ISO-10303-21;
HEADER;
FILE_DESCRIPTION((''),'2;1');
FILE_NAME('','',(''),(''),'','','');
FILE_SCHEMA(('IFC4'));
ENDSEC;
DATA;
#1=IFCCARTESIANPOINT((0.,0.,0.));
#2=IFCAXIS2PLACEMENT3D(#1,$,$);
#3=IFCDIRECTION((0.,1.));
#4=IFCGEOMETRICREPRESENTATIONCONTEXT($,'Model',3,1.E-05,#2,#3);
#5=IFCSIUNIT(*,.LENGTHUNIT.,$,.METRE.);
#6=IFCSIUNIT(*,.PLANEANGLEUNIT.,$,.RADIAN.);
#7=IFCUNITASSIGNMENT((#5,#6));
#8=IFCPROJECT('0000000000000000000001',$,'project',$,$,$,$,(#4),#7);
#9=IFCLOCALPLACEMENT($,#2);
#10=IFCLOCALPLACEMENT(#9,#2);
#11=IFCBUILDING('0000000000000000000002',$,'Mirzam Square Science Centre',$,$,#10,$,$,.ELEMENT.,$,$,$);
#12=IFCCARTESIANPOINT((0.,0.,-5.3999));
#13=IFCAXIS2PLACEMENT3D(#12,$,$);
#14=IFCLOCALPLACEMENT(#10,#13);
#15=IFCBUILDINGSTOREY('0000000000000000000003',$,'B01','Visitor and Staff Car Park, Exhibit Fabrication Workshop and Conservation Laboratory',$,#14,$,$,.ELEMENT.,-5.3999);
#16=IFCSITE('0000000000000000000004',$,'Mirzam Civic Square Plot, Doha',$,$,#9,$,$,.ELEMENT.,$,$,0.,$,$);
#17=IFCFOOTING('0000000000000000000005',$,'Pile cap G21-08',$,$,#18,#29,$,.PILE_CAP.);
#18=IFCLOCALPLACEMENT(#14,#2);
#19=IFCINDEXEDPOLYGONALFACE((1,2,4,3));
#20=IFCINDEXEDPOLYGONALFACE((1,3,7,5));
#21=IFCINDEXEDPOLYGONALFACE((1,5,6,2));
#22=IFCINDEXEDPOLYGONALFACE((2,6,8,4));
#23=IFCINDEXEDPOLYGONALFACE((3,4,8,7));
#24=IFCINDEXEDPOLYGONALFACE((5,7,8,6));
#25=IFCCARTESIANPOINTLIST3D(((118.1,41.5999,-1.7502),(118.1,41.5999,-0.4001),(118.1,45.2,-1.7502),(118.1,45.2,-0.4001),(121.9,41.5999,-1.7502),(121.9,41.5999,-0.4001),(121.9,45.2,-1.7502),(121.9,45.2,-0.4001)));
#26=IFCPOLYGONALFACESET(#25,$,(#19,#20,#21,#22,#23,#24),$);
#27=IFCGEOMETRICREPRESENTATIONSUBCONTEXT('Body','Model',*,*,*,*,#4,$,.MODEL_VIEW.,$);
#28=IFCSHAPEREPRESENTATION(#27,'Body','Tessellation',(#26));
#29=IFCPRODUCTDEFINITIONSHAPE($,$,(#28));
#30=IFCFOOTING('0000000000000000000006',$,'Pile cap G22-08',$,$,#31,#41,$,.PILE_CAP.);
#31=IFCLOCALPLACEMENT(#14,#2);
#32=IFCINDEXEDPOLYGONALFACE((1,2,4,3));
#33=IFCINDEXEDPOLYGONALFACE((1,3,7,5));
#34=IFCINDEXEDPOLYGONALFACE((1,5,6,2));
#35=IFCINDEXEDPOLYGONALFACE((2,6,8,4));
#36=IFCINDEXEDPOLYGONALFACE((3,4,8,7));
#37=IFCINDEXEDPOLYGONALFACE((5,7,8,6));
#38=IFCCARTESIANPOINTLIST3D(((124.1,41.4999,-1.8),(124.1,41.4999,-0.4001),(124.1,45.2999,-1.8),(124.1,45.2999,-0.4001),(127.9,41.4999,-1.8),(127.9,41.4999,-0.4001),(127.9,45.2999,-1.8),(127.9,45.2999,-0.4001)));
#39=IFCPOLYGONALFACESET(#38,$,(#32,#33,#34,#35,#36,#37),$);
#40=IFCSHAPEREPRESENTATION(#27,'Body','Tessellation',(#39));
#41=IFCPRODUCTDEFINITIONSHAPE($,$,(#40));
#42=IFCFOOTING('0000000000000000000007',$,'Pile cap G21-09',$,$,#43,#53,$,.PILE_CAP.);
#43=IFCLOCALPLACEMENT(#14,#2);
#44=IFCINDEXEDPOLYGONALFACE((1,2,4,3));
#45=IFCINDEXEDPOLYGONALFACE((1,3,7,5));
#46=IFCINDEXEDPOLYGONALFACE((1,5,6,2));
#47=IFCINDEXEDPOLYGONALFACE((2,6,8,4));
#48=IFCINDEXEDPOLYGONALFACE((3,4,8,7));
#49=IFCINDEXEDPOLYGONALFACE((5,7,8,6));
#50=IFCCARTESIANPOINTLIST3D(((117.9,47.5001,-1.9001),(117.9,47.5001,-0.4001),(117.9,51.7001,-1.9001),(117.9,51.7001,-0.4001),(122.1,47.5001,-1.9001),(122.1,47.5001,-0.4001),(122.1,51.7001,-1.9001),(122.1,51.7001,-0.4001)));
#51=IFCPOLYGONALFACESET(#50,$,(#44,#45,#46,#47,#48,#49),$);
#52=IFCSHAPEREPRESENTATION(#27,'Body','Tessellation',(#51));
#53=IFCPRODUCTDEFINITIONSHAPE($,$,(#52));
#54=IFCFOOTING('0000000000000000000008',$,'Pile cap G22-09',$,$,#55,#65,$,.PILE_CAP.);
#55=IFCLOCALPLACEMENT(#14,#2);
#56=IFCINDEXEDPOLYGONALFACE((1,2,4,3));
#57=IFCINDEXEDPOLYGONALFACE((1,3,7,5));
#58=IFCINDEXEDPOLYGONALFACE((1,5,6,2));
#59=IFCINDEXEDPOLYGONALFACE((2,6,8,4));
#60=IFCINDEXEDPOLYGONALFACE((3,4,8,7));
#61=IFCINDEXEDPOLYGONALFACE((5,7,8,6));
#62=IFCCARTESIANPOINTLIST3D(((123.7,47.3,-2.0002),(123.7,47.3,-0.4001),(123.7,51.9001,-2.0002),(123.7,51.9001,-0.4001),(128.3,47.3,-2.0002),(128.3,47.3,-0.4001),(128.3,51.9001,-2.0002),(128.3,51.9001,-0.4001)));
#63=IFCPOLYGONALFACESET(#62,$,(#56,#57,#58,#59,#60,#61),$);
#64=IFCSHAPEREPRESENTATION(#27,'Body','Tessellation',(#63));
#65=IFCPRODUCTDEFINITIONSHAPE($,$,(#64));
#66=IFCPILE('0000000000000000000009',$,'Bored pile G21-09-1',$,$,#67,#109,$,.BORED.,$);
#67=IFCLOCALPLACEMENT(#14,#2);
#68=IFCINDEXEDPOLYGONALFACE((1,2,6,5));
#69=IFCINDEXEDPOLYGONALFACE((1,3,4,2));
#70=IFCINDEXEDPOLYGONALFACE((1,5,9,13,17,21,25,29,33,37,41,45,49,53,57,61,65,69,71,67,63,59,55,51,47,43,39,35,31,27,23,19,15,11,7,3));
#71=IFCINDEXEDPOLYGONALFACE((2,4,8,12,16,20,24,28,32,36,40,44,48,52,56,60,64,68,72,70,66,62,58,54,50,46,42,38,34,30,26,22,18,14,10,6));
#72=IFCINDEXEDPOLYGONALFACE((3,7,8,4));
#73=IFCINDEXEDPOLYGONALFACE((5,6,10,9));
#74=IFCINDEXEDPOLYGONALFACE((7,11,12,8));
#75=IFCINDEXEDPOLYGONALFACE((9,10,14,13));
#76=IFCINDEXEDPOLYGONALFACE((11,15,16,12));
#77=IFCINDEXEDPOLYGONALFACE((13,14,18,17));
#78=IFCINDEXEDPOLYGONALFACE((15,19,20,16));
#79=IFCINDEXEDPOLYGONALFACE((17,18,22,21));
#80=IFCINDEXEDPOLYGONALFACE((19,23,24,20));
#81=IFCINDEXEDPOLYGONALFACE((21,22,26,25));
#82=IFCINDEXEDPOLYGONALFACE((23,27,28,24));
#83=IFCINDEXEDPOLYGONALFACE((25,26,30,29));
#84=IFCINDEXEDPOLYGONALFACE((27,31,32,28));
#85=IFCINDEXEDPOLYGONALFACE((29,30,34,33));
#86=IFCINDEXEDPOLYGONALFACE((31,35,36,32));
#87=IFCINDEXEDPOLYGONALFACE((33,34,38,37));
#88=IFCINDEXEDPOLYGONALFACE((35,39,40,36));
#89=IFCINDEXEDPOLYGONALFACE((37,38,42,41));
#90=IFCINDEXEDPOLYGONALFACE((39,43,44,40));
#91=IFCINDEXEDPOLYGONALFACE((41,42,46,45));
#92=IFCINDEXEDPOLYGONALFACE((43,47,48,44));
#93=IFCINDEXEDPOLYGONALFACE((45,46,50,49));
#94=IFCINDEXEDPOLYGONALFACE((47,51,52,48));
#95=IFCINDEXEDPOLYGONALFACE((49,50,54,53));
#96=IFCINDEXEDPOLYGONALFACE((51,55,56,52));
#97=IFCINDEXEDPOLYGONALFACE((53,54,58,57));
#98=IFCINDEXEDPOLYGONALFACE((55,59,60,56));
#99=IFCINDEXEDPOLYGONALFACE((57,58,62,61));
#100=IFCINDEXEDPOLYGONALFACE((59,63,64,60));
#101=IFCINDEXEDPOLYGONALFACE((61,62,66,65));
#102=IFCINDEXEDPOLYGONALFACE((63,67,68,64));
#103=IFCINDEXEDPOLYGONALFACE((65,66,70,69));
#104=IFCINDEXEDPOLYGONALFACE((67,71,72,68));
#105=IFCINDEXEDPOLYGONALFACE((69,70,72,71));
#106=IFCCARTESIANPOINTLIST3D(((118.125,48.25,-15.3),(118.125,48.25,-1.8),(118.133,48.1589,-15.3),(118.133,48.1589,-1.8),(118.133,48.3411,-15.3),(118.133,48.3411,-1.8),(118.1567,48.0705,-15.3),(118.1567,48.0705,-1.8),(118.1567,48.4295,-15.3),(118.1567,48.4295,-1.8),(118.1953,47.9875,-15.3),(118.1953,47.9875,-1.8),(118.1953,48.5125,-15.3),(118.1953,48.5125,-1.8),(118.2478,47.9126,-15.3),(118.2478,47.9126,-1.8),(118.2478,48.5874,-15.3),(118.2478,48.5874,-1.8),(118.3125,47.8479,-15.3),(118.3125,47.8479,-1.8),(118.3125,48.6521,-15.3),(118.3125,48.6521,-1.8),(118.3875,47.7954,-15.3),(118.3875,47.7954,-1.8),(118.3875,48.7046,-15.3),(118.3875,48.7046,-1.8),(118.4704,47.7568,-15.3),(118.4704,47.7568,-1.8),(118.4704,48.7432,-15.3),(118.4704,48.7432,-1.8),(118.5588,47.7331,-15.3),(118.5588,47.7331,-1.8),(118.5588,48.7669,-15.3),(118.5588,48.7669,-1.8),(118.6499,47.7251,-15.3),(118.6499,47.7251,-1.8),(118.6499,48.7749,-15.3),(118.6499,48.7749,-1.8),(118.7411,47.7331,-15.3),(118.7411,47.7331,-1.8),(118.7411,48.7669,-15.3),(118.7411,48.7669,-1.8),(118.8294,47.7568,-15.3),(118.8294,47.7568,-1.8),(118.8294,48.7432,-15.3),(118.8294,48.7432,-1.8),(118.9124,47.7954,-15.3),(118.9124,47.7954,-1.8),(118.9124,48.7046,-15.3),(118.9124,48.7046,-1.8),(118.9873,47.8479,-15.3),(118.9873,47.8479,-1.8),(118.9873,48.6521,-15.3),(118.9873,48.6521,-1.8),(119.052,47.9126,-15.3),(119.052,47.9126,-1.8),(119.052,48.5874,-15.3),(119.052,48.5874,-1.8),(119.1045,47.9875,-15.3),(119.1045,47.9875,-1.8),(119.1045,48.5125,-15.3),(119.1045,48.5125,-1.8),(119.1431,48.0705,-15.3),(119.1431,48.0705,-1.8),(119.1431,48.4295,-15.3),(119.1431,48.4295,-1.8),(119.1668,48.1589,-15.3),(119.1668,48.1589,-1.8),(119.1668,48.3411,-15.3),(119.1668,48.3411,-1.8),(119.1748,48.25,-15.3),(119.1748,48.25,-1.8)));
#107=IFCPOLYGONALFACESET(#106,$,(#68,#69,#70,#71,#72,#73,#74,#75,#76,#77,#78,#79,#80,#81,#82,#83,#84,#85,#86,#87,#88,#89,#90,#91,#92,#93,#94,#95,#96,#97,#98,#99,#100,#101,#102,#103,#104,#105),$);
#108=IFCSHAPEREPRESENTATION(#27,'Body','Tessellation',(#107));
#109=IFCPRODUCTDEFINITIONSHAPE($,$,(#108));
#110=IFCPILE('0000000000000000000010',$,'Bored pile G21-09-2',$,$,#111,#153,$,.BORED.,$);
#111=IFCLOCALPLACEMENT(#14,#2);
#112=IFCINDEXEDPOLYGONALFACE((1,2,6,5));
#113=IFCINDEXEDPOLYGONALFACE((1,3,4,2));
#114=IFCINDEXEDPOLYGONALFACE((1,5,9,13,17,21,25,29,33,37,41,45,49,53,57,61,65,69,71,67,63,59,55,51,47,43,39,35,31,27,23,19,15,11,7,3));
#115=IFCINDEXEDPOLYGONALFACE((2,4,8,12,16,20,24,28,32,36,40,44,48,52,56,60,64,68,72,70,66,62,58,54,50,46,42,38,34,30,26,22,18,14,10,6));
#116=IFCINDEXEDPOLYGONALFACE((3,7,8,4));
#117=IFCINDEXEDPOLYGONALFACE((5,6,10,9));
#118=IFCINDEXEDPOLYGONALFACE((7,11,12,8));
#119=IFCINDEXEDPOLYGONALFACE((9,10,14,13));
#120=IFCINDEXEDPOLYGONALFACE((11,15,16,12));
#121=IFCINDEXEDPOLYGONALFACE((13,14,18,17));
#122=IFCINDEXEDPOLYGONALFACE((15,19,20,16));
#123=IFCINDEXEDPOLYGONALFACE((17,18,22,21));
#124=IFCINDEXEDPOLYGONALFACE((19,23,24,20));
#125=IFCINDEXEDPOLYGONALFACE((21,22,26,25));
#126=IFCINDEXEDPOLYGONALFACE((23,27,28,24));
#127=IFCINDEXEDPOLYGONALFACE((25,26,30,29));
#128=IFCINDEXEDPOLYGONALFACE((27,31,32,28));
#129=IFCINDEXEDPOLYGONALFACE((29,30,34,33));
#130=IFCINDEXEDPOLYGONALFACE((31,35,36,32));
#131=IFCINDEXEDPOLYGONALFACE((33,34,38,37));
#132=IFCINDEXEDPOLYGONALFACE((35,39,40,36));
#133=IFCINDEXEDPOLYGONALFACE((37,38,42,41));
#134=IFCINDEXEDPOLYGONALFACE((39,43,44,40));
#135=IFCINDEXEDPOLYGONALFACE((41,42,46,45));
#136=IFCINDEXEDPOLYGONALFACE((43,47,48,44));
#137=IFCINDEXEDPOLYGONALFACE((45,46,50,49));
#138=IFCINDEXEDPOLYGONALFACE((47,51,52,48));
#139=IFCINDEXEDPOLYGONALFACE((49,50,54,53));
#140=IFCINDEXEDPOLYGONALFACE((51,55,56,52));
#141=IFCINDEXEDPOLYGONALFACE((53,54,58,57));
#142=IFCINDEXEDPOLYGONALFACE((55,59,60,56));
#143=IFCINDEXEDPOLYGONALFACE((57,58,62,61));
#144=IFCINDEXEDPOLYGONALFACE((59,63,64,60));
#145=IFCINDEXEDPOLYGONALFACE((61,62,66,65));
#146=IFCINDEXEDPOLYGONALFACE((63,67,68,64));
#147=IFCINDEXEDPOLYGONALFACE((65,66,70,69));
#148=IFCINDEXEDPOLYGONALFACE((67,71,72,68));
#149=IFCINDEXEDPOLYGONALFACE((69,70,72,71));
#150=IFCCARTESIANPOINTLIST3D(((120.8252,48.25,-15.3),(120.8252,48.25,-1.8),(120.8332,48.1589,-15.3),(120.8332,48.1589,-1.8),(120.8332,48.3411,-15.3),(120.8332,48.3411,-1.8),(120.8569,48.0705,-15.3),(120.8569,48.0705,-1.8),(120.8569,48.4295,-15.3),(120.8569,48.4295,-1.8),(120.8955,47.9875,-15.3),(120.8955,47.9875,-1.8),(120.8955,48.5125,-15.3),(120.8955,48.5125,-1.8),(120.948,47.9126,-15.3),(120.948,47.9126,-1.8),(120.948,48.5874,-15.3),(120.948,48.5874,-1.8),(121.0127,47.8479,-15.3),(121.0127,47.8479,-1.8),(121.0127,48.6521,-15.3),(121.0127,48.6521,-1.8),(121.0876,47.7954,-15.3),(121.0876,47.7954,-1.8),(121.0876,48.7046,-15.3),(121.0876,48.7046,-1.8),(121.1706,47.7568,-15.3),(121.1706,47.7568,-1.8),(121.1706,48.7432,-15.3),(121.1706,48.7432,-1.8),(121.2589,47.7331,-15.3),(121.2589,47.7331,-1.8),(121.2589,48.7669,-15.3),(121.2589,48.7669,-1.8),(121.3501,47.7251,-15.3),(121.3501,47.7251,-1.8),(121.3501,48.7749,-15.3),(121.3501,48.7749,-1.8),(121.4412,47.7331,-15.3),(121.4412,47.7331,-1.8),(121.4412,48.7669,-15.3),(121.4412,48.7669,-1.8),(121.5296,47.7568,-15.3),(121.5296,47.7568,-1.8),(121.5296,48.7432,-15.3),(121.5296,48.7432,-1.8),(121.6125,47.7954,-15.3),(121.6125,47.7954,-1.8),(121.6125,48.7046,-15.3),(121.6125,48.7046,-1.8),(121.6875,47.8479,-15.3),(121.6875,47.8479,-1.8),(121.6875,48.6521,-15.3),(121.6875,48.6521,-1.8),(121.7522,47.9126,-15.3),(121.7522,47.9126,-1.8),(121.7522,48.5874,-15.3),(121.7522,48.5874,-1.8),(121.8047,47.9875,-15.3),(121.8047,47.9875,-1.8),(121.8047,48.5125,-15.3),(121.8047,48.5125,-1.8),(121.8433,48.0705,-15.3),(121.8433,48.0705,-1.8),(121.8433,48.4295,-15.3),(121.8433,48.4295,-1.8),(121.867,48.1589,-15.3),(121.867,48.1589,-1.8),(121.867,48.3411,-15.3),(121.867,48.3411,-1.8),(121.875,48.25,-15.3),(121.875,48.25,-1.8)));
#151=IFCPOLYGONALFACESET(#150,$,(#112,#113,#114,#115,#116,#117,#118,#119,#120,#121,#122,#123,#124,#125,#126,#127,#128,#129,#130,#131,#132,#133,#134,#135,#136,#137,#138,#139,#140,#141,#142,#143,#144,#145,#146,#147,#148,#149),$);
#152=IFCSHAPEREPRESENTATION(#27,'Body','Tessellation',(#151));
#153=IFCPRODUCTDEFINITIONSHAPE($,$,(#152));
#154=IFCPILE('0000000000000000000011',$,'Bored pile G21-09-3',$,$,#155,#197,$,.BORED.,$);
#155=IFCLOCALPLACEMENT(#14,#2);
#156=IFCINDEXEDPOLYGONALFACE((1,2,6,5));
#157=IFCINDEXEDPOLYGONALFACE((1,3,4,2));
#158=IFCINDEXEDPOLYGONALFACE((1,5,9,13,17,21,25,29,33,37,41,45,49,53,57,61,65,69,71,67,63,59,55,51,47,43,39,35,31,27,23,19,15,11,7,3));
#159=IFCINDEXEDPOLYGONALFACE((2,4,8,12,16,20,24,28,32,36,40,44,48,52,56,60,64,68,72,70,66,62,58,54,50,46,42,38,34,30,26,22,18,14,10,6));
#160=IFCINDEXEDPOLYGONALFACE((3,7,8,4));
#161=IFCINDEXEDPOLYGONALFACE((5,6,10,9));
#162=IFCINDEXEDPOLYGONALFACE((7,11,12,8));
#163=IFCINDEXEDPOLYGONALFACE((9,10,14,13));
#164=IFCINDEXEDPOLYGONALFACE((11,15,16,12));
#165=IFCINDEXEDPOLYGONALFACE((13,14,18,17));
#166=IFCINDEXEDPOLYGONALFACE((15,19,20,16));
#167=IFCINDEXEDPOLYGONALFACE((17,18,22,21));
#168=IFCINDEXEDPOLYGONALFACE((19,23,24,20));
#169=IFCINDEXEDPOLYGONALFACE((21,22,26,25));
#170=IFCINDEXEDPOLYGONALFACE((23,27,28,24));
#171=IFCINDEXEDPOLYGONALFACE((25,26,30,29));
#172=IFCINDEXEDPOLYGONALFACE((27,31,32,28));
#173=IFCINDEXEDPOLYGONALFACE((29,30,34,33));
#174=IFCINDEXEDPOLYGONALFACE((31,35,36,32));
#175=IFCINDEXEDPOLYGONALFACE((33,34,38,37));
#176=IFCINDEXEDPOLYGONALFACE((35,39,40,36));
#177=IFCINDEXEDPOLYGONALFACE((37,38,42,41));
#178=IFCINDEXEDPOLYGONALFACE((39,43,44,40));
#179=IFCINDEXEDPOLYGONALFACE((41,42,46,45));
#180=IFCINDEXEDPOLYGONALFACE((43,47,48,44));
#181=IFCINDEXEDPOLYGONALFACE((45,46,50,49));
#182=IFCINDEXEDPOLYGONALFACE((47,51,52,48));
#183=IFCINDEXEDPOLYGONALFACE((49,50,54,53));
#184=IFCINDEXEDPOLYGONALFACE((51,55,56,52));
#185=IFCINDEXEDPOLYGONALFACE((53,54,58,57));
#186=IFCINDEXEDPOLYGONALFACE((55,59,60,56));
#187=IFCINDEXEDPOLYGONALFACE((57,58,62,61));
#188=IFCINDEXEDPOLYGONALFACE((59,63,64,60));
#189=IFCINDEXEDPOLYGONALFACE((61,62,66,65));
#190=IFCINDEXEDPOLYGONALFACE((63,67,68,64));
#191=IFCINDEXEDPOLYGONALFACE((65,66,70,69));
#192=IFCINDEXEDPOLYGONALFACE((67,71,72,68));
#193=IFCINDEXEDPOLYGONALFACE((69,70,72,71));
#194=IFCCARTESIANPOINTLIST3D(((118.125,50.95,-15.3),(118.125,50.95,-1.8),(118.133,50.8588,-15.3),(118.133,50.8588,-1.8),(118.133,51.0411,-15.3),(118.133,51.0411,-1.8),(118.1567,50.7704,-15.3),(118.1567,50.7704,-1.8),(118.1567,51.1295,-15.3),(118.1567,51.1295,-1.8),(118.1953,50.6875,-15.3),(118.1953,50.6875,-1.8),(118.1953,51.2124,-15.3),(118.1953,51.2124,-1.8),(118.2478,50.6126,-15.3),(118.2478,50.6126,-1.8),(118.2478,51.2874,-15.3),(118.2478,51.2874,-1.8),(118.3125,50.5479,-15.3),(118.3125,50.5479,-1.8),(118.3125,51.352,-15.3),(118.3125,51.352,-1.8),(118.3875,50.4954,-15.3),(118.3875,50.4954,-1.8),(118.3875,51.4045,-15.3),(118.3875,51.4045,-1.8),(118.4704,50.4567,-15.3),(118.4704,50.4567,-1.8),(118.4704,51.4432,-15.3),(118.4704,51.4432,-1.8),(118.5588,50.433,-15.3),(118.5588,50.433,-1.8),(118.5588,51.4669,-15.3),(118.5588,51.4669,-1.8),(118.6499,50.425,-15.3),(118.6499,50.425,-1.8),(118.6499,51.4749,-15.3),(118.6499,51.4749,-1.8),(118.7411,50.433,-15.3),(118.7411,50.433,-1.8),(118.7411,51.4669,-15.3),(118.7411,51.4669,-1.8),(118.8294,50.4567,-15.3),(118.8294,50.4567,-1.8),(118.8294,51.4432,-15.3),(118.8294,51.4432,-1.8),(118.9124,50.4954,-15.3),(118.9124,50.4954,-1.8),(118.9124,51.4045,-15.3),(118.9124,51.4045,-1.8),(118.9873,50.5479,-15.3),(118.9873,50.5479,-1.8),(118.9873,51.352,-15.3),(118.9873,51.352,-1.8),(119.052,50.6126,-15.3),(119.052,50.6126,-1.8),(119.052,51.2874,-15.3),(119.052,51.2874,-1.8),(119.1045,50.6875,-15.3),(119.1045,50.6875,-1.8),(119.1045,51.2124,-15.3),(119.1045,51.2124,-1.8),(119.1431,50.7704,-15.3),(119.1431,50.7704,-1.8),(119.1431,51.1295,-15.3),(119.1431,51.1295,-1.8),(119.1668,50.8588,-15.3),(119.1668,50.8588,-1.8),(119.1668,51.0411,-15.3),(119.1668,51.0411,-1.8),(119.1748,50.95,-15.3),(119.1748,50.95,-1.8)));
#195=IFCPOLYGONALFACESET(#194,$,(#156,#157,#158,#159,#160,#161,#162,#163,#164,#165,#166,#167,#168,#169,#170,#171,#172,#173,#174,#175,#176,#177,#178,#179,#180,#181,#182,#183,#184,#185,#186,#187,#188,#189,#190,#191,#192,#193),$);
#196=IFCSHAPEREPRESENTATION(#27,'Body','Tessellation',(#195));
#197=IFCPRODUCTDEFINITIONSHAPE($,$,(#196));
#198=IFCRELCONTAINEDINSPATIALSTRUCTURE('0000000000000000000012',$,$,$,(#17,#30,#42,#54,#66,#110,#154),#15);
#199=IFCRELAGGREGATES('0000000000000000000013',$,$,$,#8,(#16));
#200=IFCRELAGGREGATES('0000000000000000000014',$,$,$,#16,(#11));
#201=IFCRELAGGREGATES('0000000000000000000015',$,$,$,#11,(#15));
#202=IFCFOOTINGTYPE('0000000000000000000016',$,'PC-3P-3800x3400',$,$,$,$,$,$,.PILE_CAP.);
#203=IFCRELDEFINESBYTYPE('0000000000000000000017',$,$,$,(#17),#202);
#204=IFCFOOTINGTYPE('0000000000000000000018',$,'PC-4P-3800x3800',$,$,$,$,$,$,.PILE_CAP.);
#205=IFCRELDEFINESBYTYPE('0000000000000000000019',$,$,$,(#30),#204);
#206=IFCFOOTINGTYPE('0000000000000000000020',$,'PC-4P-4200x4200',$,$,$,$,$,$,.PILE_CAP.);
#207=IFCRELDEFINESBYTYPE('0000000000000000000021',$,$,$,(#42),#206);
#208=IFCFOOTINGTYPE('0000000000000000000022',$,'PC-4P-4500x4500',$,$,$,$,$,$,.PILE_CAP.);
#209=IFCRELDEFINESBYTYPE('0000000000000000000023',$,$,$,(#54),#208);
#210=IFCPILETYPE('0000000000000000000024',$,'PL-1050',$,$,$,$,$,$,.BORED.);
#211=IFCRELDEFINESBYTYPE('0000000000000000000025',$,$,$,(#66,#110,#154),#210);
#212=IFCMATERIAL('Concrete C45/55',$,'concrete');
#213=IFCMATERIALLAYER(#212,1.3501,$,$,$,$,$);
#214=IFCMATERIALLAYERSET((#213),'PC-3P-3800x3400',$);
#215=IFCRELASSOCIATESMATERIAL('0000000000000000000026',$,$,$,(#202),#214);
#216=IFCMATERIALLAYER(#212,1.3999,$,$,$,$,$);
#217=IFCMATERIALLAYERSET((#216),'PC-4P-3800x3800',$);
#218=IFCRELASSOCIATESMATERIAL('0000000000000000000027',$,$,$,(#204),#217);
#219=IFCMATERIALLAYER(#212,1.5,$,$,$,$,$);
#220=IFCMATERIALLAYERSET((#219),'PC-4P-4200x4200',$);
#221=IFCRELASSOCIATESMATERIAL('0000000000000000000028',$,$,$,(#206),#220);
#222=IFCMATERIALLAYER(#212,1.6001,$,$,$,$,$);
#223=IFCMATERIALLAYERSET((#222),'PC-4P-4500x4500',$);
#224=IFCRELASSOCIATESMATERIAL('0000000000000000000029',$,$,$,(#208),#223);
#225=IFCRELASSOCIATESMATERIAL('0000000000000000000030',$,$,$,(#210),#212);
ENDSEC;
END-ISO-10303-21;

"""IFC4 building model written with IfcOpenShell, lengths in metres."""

from ifc_helpers import new_model, si_unit, direction, frame, origin, origin_2d, place, context, subcontext, project, spatial, rectangle, circle, extrude, material, layer, layer_set, material_profile, profile_set, type_object, element, save


model = new_model("IFC4")

# Units and contexts
model_context = context("Model", 3, precision=1e-05, world=origin(), true_north=direction((0.0, 1.0)))
body_context = subcontext(model_context, "Body", "Model", "MODEL_VIEW")
ifc_project = project(units=[si_unit("LENGTHUNIT", "METRE"), si_unit("PLANEANGLEUNIT", "RADIAN")], contexts=[model_context])

# Site, building, storey
site_placement = place(None, origin())
site = spatial("IfcSite", under=ifc_project, at=site_placement, Name="Mirzam Civic Square Plot, Doha", CompositionType="ELEMENT", RefElevation=0.0)
building_placement = place(site_placement, origin())
building = spatial("IfcBuilding", under=site, at=building_placement, Name="Mirzam Square Science Centre", CompositionType="ELEMENT")
storey_placement = place(building_placement, frame((0.0, 0.0, -5.3999)))
storey = spatial("IfcBuildingStorey", under=building, at=storey_placement, Name="B01", Description="Visitor and Staff Car Park, Exhibit Fabrication Workshop and Conservation Laboratory", CompositionType="ELEMENT", Elevation=-5.3999)

# Footings
ifc_material_1 = material(Name="Concrete C45/55", Category="concrete")
ifc_layer_1 = layer(ifc_material_1, 1.3501)
ifc_layer_set_1 = layer_set([ifc_layer_1], Name="PC-3P-3800x3400")
footing_type_1 = type_object("IfcFootingType", Name="PC-3P-3800x3400", PredefinedType="PILE_CAP", material=ifc_layer_set_1)
footing_1_placement = place(storey_placement, frame((120.0, 43.3999, -1.7502), z_axis=(0.0, 0.0, 1.0), x_axis=(1.0, 0.0, 0.0)))
element("IfcFooting", 1, at=footing_1_placement, inside=storey, type_object=footing_type_1, Name="Pile cap G21-08", PredefinedType="PILE_CAP", context=body_context, shape_type="SweptSolid", body=[
    extrude(rectangle(XDim=3.8, YDim=3.6001, at=origin_2d()), origin(), (0.0, 0.0, 1.0), 1.3501),
])
ifc_layer_2 = layer(ifc_material_1, 1.3999)
ifc_layer_set_2 = layer_set([ifc_layer_2], Name="PC-4P-3800x3800")
footing_type_2 = type_object("IfcFootingType", Name="PC-4P-3800x3800", PredefinedType="PILE_CAP", material=ifc_layer_set_2)
footing_2_placement = place(storey_placement, frame((126.0, 43.3999, -1.8), z_axis=(0.0, 0.0, 1.0), x_axis=(1.0, 0.0, 0.0)))
element("IfcFooting", 2, at=footing_2_placement, inside=storey, type_object=footing_type_2, Name="Pile cap G22-08", PredefinedType="PILE_CAP", context=body_context, shape_type="SweptSolid", body=[
    extrude(rectangle(XDim=3.8, YDim=3.8, at=origin_2d()), origin(), (0.0, 0.0, 1.0), 1.3999),
])
ifc_layer_3 = layer(ifc_material_1, 1.5)
ifc_layer_set_3 = layer_set([ifc_layer_3], Name="PC-4P-4200x4200")
footing_type_3 = type_object("IfcFootingType", Name="PC-4P-4200x4200", PredefinedType="PILE_CAP", material=ifc_layer_set_3)
footing_3_placement = place(storey_placement, frame((120.0, 49.6001, -1.9001), z_axis=(0.0, 0.0, 1.0), x_axis=(1.0, 0.0, 0.0)))
element("IfcFooting", 3, at=footing_3_placement, inside=storey, type_object=footing_type_3, Name="Pile cap G21-09", PredefinedType="PILE_CAP", context=body_context, shape_type="SweptSolid", body=[
    extrude(rectangle(XDim=4.2, YDim=4.2, at=origin_2d()), origin(), (0.0, 0.0, 1.0), 1.5),
])
ifc_layer_4 = layer(ifc_material_1, 1.6001)
ifc_layer_set_4 = layer_set([ifc_layer_4], Name="PC-4P-4500x4500")
footing_type_4 = type_object("IfcFootingType", Name="PC-4P-4500x4500", PredefinedType="PILE_CAP", material=ifc_layer_set_4)
footing_4_placement = place(storey_placement, frame((126.0, 49.6001, -2.0002), z_axis=(0.0, 0.0, 1.0), x_axis=(1.0, 0.0, 0.0)))
element("IfcFooting", 4, at=footing_4_placement, inside=storey, type_object=footing_type_4, Name="Pile cap G22-09", PredefinedType="PILE_CAP", context=body_context, shape_type="SweptSolid", body=[
    extrude(rectangle(XDim=4.6001, YDim=4.6001, at=origin_2d()), origin(), (0.0, 0.0, 1.0), 1.6001),
])

# Piles
ifc_material_profile_1 = material_profile(ifc_material_1, circle(Radius=0.5249, at=origin_2d()), Name="PILE-D1050")
ifc_profile_set_1 = profile_set([ifc_material_profile_1], Name="Concrete C45/55")
pile_type_1 = type_object("IfcPileType", Name="PL-1050", PredefinedType="BORED", material=ifc_profile_set_1)
for number, where, z_axis, x_axis, name in (
    (5, (118.6499, 48.25, -1.8), (0.0, 0.0, -1.0), (1.0, 0.0, 0.0), "Bored pile G21-09-1"),
    (6, (121.3501, 48.25, -1.8), (0.0, 0.0, -1.0), (1.0, 0.0, 0.0), "Bored pile G21-09-2"),
    (7, (118.6499, 50.95, -1.8), (0.0, 0.0, -1.0), (1.0, 0.0, 0.0), "Bored pile G21-09-3"),
):
    element("IfcPile", number, at=place(storey_placement, frame(where, z_axis=z_axis, x_axis=x_axis)), inside=storey, type_object=pile_type_1, Name=name, PredefinedType="BORED", context=body_context, shape_type="SweptSolid", body=[
        extrude(circle(Radius=0.5249, at=origin_2d()), origin(), (0.0, 0.0, 1.0), 13.5),
    ])

save(model, "model.ifc")
